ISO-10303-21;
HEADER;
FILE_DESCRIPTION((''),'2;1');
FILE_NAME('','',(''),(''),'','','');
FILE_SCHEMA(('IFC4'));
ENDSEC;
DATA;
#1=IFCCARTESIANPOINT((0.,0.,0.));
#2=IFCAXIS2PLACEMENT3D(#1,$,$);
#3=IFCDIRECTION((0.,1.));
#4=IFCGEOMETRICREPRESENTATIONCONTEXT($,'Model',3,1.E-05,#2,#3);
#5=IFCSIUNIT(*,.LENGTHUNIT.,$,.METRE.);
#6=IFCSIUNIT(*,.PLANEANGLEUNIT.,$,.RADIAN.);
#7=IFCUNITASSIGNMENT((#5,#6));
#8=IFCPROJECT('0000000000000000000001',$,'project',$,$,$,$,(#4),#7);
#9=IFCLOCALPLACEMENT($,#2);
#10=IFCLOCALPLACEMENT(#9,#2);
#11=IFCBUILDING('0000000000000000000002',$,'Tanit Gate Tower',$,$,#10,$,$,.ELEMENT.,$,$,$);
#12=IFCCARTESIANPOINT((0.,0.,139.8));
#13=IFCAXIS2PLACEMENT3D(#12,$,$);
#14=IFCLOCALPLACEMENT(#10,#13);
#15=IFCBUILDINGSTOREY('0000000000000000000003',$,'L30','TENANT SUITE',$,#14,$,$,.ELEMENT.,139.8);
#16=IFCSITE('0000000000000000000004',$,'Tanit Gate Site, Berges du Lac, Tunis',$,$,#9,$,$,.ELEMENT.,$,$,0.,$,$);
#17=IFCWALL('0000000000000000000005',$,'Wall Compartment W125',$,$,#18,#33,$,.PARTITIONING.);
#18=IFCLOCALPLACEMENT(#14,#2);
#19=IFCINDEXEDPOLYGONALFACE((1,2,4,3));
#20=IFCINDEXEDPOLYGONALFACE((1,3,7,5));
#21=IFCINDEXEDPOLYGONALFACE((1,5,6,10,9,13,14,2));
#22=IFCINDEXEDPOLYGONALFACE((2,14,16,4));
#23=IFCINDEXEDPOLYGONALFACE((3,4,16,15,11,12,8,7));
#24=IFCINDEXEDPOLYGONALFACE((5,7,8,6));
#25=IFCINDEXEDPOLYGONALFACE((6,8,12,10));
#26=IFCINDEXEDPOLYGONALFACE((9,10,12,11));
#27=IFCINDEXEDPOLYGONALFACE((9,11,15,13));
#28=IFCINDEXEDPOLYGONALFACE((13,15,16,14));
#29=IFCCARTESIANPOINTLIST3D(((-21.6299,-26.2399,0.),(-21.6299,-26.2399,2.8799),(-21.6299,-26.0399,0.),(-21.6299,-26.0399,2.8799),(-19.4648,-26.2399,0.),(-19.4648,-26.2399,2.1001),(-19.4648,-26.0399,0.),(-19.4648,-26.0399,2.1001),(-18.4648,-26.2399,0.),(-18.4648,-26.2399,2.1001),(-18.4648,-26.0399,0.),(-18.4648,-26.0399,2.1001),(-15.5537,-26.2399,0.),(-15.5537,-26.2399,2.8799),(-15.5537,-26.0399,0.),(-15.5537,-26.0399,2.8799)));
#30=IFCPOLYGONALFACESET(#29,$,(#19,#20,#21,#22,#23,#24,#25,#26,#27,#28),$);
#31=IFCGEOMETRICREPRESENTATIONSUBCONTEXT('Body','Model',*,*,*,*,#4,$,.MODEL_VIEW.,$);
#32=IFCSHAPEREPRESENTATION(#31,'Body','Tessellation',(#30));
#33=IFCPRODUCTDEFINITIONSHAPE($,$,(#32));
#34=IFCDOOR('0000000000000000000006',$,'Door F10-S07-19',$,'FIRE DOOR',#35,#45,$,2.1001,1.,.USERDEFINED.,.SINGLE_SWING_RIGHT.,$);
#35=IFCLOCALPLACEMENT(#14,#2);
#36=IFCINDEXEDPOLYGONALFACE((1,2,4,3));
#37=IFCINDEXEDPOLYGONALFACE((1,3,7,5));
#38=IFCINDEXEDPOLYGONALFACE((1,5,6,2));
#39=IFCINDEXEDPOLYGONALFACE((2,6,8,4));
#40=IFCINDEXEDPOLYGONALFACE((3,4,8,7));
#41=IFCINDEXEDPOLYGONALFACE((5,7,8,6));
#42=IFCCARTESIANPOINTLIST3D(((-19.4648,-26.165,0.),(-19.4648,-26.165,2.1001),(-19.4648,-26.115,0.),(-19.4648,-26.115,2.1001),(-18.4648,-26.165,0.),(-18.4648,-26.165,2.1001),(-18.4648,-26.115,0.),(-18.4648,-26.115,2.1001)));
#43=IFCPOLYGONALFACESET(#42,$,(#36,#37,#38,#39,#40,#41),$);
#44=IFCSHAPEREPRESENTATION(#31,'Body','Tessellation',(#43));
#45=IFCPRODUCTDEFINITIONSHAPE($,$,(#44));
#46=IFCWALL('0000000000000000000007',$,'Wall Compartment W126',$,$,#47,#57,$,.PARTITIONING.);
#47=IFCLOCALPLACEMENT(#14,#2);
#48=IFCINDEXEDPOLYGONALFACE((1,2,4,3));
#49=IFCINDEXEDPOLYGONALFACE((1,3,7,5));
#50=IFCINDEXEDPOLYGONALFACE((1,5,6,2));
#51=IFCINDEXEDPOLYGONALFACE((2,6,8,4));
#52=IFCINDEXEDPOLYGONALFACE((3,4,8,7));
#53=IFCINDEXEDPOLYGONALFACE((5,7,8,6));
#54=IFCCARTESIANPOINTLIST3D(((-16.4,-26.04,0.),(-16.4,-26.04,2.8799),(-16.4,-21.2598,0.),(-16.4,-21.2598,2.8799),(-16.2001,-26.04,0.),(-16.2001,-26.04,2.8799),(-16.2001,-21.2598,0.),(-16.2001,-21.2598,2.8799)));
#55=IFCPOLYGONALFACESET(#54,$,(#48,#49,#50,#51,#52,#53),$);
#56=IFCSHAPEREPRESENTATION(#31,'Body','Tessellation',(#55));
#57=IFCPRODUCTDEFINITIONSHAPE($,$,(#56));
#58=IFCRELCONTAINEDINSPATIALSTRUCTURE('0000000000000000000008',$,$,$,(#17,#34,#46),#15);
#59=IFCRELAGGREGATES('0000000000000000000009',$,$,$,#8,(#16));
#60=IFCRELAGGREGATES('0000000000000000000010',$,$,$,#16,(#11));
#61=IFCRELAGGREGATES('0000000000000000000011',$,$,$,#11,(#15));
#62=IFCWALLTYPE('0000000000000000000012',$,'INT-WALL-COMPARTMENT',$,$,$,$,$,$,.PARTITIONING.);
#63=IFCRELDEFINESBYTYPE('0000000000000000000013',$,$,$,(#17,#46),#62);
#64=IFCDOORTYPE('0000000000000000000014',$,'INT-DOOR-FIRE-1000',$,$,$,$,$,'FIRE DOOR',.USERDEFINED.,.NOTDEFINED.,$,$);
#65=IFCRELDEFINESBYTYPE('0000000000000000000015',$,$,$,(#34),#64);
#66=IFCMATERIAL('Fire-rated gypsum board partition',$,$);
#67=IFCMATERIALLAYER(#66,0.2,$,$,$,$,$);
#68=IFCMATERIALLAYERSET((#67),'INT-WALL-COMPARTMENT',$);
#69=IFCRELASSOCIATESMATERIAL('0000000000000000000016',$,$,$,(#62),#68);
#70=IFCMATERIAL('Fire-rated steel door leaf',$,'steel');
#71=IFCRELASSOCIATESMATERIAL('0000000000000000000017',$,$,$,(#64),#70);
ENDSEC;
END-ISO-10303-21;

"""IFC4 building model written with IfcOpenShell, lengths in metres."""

from ifc_helpers import new_model, si_unit, direction, frame, frame_2d, origin, place, context, subcontext, project, spatial, rectangle, extrude, material, layer, layer_set, type_object, element, fill, save


model = new_model("IFC4")

# Units and contexts
model_context = context("Model", 3, precision=1e-05, world=origin(), true_north=direction((0.0, 1.0)))
body_context = subcontext(model_context, "Body", "Model", "MODEL_VIEW")
ifc_project = project(units=[si_unit("LENGTHUNIT", "METRE"), si_unit("PLANEANGLEUNIT", "RADIAN")], contexts=[model_context])

# Site, building, storey
site_placement = place(None, origin())
site = spatial("IfcSite", under=ifc_project, at=site_placement, Name="Tanit Gate Site, Berges du Lac, Tunis", CompositionType="ELEMENT", RefElevation=0.0)
building_placement = place(site_placement, origin())
building = spatial("IfcBuilding", under=site, at=building_placement, Name="Tanit Gate Tower", CompositionType="ELEMENT")
storey_placement = place(building_placement, frame((0.0, 0.0, 139.8)))
storey = spatial("IfcBuildingStorey", under=building, at=storey_placement, Name="L30", Description="TENANT SUITE", CompositionType="ELEMENT", Elevation=139.8)

# Shared definitions
ifc_material_1 = material(Name="Fire-rated gypsum board partition")
ifc_layer_1 = layer(ifc_material_1, 0.2)
ifc_layer_set_1 = layer_set([ifc_layer_1], Name="INT-WALL-COMPARTMENT")
wall_type_1 = type_object("IfcWallType", Name="INT-WALL-COMPARTMENT", PredefinedType="PARTITIONING", material=ifc_layer_set_1)

# Wall, opening, door
wall_1_placement = place(storey_placement, frame((-21.6299, -26.1399, 0.0), z_axis=(0.0, 0.0, 1.0), x_axis=(1.0, 0.0, 0.0)))
wall_1 = element("IfcWall", 1, at=wall_1_placement, inside=storey, type_object=wall_type_1, Name="Wall Compartment W125", PredefinedType="PARTITIONING", context=body_context, shape_type="SweptSolid", body=[
    extrude(rectangle(XDim=6.0762, YDim=0.2, at=frame_2d((3.0381, 0.0))), origin(), (0.0, 0.0, 1.0), 2.8799),
])
opening_placement = place(wall_1_placement, frame((2.165, 0.0, 0.0)))
opening = element("IfcOpeningElement", 2, at=opening_placement, cuts=wall_1, PredefinedType="OPENING", context=body_context, shape_type="SweptSolid", body=[
    extrude(rectangle(XDim=1.0, YDim=2.1001, at=frame_2d((0.5, 1.05))), frame((0.0, 0.1099, 0.0), z_axis=(0.0, -1.0, 0.0), x_axis=(1.0, 0.0, 0.0)), (0.0, 0.0, 1.0), 0.22),
])
ifc_material_2 = material(Name="Fire-rated steel door leaf", Category="steel")
door_type = type_object("IfcDoorType", Name="INT-DOOR-FIRE-1000", ElementType="FIRE DOOR", OperationType="NOTDEFINED", PredefinedType="USERDEFINED", material=ifc_material_2)
door_placement = place(opening_placement, origin())
door = element("IfcDoor", 3, at=door_placement, inside=storey, type_object=door_type, Name="Door F10-S07-19", ObjectType="FIRE DOOR", OperationType="SINGLE_SWING_RIGHT", OverallHeight=2.1001, OverallWidth=1.0, PredefinedType="USERDEFINED", context=body_context, shape_type="SweptSolid", body=[
    extrude(rectangle(XDim=1.0, YDim=2.1001, at=frame_2d((0.5, 1.05))), frame((0.0, 0.0249, 0.0), z_axis=(0.0, -1.0, 0.0), x_axis=(1.0, 0.0, 0.0)), (0.0, 0.0, 1.0), 0.05),
])
fill(opening, door)

# Wall
wall_2_placement = place(storey_placement, frame((-16.3, -26.04, 0.0), z_axis=(0.0, 0.0, 1.0), x_axis=(0.0, 1.0, 0.0)))
element("IfcWall", 4, at=wall_2_placement, inside=storey, type_object=wall_type_1, Name="Wall Compartment W126", PredefinedType="PARTITIONING", context=body_context, shape_type="SweptSolid", body=[
    extrude(rectangle(XDim=4.7803, YDim=0.2, at=frame_2d((2.3901, 0.0))), origin(), (0.0, 0.0, 1.0), 2.8799),
])

save(model, "model.ifc")
